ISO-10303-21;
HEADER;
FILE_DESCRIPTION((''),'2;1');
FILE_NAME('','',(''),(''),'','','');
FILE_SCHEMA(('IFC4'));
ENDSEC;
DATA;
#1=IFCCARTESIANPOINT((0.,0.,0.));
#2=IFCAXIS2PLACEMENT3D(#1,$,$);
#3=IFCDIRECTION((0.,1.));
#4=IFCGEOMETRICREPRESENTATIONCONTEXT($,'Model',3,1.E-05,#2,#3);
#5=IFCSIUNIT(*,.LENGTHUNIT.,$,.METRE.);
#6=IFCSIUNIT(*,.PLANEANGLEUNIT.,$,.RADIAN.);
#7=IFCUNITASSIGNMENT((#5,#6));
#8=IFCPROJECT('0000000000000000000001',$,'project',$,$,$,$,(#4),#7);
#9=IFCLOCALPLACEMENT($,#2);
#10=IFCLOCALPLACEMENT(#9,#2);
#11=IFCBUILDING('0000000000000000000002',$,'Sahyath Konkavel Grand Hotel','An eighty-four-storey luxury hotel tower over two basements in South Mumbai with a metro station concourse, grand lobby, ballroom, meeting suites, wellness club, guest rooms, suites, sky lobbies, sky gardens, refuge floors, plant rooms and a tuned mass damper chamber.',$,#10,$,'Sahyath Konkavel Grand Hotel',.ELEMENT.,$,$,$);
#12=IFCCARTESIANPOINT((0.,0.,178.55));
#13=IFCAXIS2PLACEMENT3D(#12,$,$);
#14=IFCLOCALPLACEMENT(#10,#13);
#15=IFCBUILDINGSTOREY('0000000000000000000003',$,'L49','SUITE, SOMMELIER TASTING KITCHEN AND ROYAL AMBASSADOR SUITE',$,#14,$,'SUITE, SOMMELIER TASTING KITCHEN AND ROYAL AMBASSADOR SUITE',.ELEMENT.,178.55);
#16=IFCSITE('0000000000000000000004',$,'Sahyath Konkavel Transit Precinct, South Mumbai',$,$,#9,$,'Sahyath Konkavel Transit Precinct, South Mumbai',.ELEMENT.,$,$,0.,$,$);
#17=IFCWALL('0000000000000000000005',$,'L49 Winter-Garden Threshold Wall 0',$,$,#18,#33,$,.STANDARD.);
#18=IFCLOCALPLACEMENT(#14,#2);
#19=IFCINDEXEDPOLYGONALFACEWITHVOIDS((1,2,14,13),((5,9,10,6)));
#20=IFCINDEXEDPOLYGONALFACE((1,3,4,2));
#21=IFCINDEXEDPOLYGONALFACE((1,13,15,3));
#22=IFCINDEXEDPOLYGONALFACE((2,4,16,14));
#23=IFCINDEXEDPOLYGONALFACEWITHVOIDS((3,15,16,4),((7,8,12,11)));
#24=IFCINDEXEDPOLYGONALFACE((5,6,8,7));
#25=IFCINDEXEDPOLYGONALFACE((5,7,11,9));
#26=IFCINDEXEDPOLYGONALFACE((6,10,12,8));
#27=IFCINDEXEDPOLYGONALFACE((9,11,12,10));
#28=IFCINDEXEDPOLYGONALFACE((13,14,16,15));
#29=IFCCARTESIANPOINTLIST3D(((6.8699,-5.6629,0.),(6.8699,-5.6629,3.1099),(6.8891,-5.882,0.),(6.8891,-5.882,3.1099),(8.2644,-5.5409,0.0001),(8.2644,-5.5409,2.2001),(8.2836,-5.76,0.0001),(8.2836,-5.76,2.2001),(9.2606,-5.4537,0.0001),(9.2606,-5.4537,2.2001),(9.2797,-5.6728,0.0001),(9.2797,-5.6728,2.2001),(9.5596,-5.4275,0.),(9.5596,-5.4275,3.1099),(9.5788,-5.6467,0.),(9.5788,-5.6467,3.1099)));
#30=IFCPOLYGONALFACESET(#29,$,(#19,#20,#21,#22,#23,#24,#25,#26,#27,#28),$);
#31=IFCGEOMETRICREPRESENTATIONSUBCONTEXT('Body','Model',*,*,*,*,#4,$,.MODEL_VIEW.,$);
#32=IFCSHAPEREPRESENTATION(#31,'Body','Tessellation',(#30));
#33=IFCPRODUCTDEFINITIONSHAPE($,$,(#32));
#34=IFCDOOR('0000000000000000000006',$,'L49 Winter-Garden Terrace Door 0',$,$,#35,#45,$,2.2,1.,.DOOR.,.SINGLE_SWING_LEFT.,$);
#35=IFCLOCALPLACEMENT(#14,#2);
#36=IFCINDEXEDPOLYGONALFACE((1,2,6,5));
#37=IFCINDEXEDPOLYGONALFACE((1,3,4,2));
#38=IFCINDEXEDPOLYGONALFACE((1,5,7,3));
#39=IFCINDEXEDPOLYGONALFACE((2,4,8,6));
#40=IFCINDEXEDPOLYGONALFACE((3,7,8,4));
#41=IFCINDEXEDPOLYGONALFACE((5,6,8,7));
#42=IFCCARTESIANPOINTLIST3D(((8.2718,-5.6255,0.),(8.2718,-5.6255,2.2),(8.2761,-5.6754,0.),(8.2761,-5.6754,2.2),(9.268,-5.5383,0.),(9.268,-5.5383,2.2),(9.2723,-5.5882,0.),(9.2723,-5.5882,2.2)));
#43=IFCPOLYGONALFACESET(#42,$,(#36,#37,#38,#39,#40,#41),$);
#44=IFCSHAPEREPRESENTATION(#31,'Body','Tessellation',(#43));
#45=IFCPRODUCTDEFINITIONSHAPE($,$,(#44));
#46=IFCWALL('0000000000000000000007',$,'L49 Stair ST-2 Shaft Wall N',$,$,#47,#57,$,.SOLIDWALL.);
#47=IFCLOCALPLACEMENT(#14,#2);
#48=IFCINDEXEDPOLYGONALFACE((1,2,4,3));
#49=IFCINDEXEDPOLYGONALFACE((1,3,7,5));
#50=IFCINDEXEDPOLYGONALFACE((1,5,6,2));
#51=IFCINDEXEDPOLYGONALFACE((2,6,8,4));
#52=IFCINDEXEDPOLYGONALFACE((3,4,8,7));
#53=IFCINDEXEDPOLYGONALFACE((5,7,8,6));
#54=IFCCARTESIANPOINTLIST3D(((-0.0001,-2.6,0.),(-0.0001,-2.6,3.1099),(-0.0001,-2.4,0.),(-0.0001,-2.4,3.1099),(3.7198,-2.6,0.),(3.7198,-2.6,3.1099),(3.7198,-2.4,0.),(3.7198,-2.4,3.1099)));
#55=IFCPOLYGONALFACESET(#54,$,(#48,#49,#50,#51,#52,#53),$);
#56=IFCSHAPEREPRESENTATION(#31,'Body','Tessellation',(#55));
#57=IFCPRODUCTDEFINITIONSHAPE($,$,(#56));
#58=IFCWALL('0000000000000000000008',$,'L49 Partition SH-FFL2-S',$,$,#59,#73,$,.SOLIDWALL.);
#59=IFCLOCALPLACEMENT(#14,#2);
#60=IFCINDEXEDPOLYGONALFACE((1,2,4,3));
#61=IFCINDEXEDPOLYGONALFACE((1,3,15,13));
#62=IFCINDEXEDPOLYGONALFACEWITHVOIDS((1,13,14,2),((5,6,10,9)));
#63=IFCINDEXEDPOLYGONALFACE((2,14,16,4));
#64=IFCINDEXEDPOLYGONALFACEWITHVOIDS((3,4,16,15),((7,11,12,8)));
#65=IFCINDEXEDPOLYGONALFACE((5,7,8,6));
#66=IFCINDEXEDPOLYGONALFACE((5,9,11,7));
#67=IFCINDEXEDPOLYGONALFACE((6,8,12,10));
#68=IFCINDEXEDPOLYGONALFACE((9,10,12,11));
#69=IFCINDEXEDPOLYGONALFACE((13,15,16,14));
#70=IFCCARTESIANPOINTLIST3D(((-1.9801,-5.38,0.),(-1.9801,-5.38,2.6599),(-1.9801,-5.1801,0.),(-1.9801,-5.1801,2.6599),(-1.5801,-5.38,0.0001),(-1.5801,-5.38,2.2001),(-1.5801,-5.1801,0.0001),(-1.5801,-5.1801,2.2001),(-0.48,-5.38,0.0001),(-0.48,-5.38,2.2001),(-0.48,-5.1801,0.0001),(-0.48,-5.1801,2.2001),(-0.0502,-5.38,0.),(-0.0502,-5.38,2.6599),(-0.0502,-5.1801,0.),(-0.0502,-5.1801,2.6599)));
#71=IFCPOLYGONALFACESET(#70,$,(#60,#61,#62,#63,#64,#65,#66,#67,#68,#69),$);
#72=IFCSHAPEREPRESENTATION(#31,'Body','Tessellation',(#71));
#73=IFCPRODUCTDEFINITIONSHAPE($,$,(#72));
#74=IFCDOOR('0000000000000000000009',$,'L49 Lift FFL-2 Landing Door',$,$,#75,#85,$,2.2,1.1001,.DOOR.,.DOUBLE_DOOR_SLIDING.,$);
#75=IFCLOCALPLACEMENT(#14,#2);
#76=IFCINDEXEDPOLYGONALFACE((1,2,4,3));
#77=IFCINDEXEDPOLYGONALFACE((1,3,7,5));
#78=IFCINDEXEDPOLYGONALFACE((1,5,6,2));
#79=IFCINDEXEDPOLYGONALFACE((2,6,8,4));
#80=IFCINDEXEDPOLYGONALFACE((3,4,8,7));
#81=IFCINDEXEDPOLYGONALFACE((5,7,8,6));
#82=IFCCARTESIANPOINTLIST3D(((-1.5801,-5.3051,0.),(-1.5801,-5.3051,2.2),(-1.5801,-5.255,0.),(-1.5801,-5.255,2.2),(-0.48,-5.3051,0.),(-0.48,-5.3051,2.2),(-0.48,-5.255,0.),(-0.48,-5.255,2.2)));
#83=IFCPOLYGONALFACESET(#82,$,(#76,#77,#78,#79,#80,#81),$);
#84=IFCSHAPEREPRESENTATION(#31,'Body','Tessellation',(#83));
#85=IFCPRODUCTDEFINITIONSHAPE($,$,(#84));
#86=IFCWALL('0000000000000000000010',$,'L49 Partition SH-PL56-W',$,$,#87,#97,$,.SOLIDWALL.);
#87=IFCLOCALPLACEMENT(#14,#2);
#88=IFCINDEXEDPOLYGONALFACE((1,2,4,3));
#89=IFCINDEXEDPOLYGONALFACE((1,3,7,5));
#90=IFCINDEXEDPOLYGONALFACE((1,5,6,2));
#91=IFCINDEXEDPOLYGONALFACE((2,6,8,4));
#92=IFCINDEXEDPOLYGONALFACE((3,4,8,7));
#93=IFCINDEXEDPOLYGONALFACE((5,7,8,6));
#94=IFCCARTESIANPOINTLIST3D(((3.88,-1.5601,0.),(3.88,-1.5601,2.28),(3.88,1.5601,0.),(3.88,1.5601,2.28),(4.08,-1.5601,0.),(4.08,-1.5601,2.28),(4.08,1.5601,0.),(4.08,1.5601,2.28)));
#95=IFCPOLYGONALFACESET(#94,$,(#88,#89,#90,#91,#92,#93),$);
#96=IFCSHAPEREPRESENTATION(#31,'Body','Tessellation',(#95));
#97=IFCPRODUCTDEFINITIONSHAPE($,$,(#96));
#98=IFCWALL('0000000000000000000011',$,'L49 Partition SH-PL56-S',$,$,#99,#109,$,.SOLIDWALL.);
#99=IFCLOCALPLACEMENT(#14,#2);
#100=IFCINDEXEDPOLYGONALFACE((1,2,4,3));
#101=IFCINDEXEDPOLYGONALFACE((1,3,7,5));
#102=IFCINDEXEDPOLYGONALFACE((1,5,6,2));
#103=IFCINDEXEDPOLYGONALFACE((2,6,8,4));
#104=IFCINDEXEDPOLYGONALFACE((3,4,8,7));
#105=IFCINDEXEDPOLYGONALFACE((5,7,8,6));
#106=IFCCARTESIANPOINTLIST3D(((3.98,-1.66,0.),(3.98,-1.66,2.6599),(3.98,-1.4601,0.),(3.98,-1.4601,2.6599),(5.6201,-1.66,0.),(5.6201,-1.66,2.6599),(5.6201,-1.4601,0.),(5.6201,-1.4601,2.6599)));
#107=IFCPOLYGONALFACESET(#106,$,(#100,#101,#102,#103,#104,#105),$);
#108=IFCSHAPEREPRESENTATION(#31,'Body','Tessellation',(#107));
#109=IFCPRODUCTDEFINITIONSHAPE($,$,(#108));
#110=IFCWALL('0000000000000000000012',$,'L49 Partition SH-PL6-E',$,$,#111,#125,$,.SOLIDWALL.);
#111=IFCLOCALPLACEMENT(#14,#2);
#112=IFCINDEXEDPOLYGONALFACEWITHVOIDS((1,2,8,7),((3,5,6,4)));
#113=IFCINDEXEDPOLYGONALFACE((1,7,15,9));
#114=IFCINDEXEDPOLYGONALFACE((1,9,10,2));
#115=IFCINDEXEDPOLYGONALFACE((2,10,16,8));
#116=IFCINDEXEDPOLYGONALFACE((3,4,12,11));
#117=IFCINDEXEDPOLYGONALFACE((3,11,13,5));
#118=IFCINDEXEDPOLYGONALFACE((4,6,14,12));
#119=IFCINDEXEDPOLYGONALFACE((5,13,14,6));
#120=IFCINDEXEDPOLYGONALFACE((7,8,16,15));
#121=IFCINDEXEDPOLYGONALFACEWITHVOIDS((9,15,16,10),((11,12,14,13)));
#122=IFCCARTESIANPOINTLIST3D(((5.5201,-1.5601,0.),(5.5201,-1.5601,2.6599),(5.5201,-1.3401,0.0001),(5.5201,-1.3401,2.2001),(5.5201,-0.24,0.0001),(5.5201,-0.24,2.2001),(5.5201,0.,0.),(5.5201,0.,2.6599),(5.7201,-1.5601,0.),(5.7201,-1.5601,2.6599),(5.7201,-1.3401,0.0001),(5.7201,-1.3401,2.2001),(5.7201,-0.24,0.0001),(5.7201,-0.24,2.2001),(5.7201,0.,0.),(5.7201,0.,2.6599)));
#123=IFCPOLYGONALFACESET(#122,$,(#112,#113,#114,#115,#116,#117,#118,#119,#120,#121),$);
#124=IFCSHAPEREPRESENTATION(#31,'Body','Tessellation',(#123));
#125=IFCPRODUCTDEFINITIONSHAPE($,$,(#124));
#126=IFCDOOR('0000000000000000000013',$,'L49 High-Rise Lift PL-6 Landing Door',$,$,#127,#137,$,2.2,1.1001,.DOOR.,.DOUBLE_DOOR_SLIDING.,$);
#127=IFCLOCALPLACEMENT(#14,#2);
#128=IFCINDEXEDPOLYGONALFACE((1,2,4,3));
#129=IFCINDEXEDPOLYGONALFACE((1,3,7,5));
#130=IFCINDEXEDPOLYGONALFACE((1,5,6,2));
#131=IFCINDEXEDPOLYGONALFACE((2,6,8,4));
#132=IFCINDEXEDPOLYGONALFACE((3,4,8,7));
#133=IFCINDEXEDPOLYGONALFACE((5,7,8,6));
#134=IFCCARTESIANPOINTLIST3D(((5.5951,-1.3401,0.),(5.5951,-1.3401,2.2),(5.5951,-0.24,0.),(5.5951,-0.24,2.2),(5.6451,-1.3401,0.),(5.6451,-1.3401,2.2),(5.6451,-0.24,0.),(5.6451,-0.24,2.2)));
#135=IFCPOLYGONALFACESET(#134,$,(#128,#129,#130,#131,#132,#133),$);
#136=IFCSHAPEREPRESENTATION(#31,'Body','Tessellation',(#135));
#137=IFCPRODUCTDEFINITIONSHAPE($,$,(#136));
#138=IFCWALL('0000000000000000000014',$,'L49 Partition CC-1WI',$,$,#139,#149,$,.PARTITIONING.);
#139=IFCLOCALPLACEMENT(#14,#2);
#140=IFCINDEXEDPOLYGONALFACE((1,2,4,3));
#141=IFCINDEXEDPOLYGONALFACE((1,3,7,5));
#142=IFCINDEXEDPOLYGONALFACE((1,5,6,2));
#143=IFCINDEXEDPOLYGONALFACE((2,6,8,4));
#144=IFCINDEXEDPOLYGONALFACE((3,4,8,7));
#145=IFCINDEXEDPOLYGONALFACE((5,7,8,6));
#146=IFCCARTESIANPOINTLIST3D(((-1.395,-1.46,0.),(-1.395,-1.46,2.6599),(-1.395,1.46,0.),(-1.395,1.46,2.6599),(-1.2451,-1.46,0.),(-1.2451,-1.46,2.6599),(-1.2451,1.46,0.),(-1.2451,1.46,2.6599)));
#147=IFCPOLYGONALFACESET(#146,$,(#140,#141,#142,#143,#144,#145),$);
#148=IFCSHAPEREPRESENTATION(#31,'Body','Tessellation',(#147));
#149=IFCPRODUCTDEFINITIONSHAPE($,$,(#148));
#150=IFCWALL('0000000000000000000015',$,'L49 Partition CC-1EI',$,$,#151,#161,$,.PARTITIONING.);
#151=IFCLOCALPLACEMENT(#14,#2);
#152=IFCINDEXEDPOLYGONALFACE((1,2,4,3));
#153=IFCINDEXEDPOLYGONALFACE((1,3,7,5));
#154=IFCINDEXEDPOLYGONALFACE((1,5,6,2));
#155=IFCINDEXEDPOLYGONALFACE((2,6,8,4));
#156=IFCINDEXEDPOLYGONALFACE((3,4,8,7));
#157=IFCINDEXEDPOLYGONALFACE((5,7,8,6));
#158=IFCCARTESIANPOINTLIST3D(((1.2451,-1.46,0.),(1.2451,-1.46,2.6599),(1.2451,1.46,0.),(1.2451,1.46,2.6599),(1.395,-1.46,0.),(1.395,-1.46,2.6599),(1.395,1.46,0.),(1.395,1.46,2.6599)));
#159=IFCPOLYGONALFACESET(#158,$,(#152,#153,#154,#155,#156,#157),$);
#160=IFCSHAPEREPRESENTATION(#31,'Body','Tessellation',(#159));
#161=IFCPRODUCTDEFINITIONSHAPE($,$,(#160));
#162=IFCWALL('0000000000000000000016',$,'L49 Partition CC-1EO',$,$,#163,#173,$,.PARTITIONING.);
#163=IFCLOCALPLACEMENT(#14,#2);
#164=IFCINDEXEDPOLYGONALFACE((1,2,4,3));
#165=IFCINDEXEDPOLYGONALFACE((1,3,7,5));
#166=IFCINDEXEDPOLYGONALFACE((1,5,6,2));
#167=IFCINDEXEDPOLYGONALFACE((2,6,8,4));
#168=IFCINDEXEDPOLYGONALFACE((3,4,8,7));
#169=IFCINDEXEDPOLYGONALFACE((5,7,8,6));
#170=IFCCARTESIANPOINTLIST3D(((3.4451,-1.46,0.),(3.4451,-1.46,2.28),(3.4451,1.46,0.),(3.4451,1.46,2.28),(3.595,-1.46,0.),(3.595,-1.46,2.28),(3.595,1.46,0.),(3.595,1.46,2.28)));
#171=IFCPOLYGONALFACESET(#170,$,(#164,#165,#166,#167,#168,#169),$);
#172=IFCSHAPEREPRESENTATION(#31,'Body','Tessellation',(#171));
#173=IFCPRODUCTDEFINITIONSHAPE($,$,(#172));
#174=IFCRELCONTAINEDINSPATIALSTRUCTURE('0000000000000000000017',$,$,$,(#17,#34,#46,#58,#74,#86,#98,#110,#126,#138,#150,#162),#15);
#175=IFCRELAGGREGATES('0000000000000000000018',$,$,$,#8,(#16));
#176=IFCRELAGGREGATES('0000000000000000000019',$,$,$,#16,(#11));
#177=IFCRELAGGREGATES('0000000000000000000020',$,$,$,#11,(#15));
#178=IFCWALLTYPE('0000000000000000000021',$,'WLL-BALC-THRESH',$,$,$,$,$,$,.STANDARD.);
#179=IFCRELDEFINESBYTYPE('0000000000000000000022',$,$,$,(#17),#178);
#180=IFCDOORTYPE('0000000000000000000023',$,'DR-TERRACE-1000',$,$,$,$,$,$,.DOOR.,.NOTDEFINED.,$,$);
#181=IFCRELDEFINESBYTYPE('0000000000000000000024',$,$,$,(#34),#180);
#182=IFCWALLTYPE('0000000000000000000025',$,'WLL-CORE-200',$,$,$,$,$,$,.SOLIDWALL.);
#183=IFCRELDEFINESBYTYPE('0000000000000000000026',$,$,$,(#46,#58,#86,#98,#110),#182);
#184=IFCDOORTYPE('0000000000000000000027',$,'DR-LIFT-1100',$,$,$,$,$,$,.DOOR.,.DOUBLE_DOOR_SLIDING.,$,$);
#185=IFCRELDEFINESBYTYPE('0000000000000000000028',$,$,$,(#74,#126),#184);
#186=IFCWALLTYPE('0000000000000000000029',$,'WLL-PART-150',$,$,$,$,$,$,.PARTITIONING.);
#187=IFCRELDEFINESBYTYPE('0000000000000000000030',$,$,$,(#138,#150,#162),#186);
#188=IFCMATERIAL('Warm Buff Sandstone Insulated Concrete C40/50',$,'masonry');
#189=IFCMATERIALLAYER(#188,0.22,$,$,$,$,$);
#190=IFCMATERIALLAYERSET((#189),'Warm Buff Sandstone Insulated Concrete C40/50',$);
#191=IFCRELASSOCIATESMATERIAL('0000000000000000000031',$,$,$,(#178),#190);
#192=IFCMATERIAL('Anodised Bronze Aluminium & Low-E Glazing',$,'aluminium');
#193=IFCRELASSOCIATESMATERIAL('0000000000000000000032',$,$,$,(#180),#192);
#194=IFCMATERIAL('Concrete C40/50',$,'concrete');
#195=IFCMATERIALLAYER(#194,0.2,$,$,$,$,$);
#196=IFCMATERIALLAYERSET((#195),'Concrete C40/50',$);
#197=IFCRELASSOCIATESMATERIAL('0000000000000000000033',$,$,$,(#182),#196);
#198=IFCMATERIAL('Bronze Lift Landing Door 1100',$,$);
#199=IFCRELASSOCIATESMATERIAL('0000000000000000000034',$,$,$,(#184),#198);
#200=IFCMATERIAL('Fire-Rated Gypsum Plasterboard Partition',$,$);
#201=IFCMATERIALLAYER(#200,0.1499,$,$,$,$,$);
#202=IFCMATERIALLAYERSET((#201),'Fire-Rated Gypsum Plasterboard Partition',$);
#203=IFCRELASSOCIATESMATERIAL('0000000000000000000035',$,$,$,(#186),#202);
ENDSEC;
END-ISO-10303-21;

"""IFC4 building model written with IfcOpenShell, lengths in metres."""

from ifc_helpers import new_model, si_unit, direction, frame, frame_2d, origin, origin_2d, place, context, subcontext, project, spatial, rectangle, extrude, source, transform, mapped, material, layer, layer_set, type_object, element, fill, save


model = new_model("IFC4")

# Units and contexts
model_context = context("Model", 3, precision=1e-05, world=origin(), true_north=direction((0.0, 1.0)))
body_context = subcontext(model_context, "Body", "Model", "MODEL_VIEW")
ifc_project = project(units=[si_unit("LENGTHUNIT", "METRE"), si_unit("PLANEANGLEUNIT", "RADIAN")], contexts=[model_context])

# Site, building, storey
site_placement = place(None, origin())
site = spatial("IfcSite", under=ifc_project, at=site_placement, Name="Sahyath Konkavel Transit Precinct, South Mumbai", LongName="Sahyath Konkavel Transit Precinct, South Mumbai", CompositionType="ELEMENT", RefElevation=0.0)
building_placement = place(site_placement, origin())
building = spatial("IfcBuilding", under=site, at=building_placement, Name="Sahyath Konkavel Grand Hotel", Description="An eighty-four-storey luxury hotel tower over two basements in South Mumbai with a metro station concourse, grand lobby, ballroom, meeting suites, wellness club, guest rooms, suites, sky lobbies, sky gardens, refuge floors, plant rooms and a tuned mass damper chamber.", LongName="Sahyath Konkavel Grand Hotel", CompositionType="ELEMENT")
storey_placement = place(building_placement, frame((0.0, 0.0, 178.55)))
storey = spatial("IfcBuildingStorey", under=building, at=storey_placement, Name="L49", Description="SUITE, SOMMELIER TASTING KITCHEN AND ROYAL AMBASSADOR SUITE", LongName="SUITE, SOMMELIER TASTING KITCHEN AND ROYAL AMBASSADOR SUITE", CompositionType="ELEMENT", Elevation=178.55)

# Wall, opening, door
ifc_material_1 = material(Name="Warm Buff Sandstone Insulated Concrete C40/50", Category="masonry")
ifc_layer_1 = layer(ifc_material_1, 0.22)
ifc_layer_set_1 = layer_set([ifc_layer_1], Name="Warm Buff Sandstone Insulated Concrete C40/50")
wall_type_1 = type_object("IfcWallType", Name="WLL-BALC-THRESH", PredefinedType="STANDARD", material=ifc_layer_set_1)
wall_1_placement = place(storey_placement, frame((6.8794, -5.7725, 0.0), z_axis=(0.0, 0.0, 1.0), x_axis=(0.996194, 0.087168, 0.0)))
wall_1 = element("IfcWall", 1, at=wall_1_placement, inside=storey, type_object=wall_type_1, Name="L49 Winter-Garden Threshold Wall 0", PredefinedType="STANDARD", context=body_context, shape_type="SweptSolid", body=[
    extrude(rectangle(XDim=2.7, YDim=0.22, at=frame_2d((1.3501, 0.0))), origin(), (0.0, 0.0, 1.0), 3.1099),
])
opening_1_placement = place(wall_1_placement, frame((1.3999, 0.0, 0.0)))
opening_1 = element("IfcOpeningElement", 2, at=opening_1_placement, cuts=wall_1, PredefinedType="OPENING", context=body_context, shape_type="SweptSolid", body=[
    extrude(rectangle(XDim=1.0, YDim=2.2, at=frame_2d((0.5, 1.1001))), frame((0.0, 0.1201, 0.0), z_axis=(0.0, -1.0, 0.0), x_axis=(1.0, 0.0, 0.0)), (0.0, 0.0, 1.0), 0.24),
])
ifc_material_2 = material(Name="Anodised Bronze Aluminium & Low-E Glazing", Category="aluminium")
door_type_1 = type_object("IfcDoorType", Name="DR-TERRACE-1000", OperationType="NOTDEFINED", PredefinedType="DOOR", material=ifc_material_2)
shared_shape_1 = source(origin(), body_context, "Body", "SweptSolid", [
    extrude(rectangle(XDim=1.0, YDim=0.05, at=origin_2d()), origin(), (0.0, 0.0, 1.0), 2.2),
])
door_1_placement = place(opening_1_placement, frame((0.5, 0.0, 0.0)))
door_1 = element("IfcDoor", 3, at=door_1_placement, inside=storey, type_object=door_type_1, Name="L49 Winter-Garden Terrace Door 0", OperationType="SINGLE_SWING_LEFT", OverallHeight=2.2, OverallWidth=1.0, PredefinedType="DOOR", context=body_context, shape_type="MappedRepresentation", body=[
    mapped(shared_shape_1, transform((0.0, 0.0, 0.0), scale=1.0)),
])
fill(opening_1, door_1)

# Wall
ifc_material_3 = material(Name="Concrete C40/50", Category="concrete")
ifc_layer_2 = layer(ifc_material_3, 0.2)
ifc_layer_set_2 = layer_set([ifc_layer_2], Name="Concrete C40/50")
wall_type_2 = type_object("IfcWallType", Name="WLL-CORE-200", PredefinedType="SOLIDWALL", material=ifc_layer_set_2)
wall_2_placement = place(storey_placement, frame((0.0, -2.5, 0.0), z_axis=(0.0, 0.0, 1.0), x_axis=(1.0, 0.0, 0.0)))
element("IfcWall", 4, at=wall_2_placement, inside=storey, type_object=wall_type_2, Name="L49 Stair ST-2 Shaft Wall N", PredefinedType="SOLIDWALL", context=body_context, shape_type="SweptSolid", body=[
    extrude(rectangle(XDim=3.72, YDim=0.2, at=frame_2d((1.8599, 0.0))), origin(), (0.0, 0.0, 1.0), 3.1099),
])

# Wall, opening, door
wall_3_placement = place(storey_placement, frame((-1.98, -5.28, 0.0), z_axis=(0.0, 0.0, 1.0), x_axis=(1.0, 0.0, 0.0)))
wall_3 = element("IfcWall", 5, at=wall_3_placement, inside=storey, type_object=wall_type_2, Name="L49 Partition SH-FFL2-S", PredefinedType="SOLIDWALL", context=body_context, shape_type="SweptSolid", body=[
    extrude(rectangle(XDim=1.9299, YDim=0.2, at=frame_2d((0.9648, 0.0))), origin(), (0.0, 0.0, 1.0), 2.6599),
])
opening_2_placement = place(wall_3_placement, frame((0.3999, 0.0, 0.0)))
opening_2 = element("IfcOpeningElement", 6, at=opening_2_placement, cuts=wall_3, PredefinedType="OPENING", context=body_context, shape_type="SweptSolid", body=[
    extrude(rectangle(XDim=1.1001, YDim=2.2, at=frame_2d((0.55, 1.1001))), frame((0.0, 0.1099, 0.0), z_axis=(0.0, -1.0, 0.0), x_axis=(1.0, 0.0, 0.0)), (0.0, 0.0, 1.0), 0.22),
])
ifc_material_4 = material(Name="Bronze Lift Landing Door 1100")
door_type_2 = type_object("IfcDoorType", Name="DR-LIFT-1100", OperationType="DOUBLE_DOOR_SLIDING", PredefinedType="DOOR", material=ifc_material_4)
shared_shape_2 = source(origin(), body_context, "Body", "SweptSolid", [
    extrude(rectangle(XDim=1.1001, YDim=0.05, at=origin_2d()), origin(), (0.0, 0.0, 1.0), 2.2),
])
door_2_placement = place(opening_2_placement, frame((0.55, 0.0, 0.0)))
door_2 = element("IfcDoor", 7, at=door_2_placement, inside=storey, type_object=door_type_2, Name="L49 Lift FFL-2 Landing Door", OperationType="DOUBLE_DOOR_SLIDING", OverallHeight=2.2, OverallWidth=1.1001, PredefinedType="DOOR", context=body_context, shape_type="MappedRepresentation", body=[
    mapped(shared_shape_2, transform((0.0, 0.0, 0.0), scale=1.0)),
])
fill(opening_2, door_2)

# Walls
wall_4_placement = place(storey_placement, frame((3.98, -1.5601, 0.0), z_axis=(0.0, 0.0, 1.0), x_axis=(0.0, 1.0, 0.0)))
element("IfcWall", 8, at=wall_4_placement, inside=storey, type_object=wall_type_2, Name="L49 Partition SH-PL56-W", PredefinedType="SOLIDWALL", context=body_context, shape_type="SweptSolid", body=[
    extrude(rectangle(XDim=3.1201, YDim=0.2, at=frame_2d((1.5601, 0.0))), origin(), (0.0, 0.0, 1.0), 2.28),
])
wall_5_placement = place(storey_placement, frame((3.98, -1.5601, 0.0), z_axis=(0.0, 0.0, 1.0), x_axis=(1.0, 0.0, 0.0)))
element("IfcWall", 9, at=wall_5_placement, inside=storey, type_object=wall_type_2, Name="L49 Partition SH-PL56-S", PredefinedType="SOLIDWALL", context=body_context, shape_type="SweptSolid", body=[
    extrude(rectangle(XDim=1.6401, YDim=0.2, at=frame_2d((0.8201, 0.0))), origin(), (0.0, 0.0, 1.0), 2.6599),
])

# Wall, opening, door
wall_6_placement = place(storey_placement, frame((5.6201, -1.5601, 0.0), z_axis=(0.0, 0.0, 1.0), x_axis=(0.0, 1.0, 0.0)))
wall_6 = element("IfcWall", 10, at=wall_6_placement, inside=storey, type_object=wall_type_2, Name="L49 Partition SH-PL6-E", PredefinedType="SOLIDWALL", context=body_context, shape_type="SweptSolid", body=[
    extrude(rectangle(XDim=1.5601, YDim=0.2, at=frame_2d((0.78, 0.0))), origin(), (0.0, 0.0, 1.0), 2.6599),
])
opening_3_placement = place(wall_6_placement, frame((0.22, 0.0, 0.0)))
opening_3 = element("IfcOpeningElement", 11, at=opening_3_placement, cuts=wall_6, PredefinedType="OPENING", context=body_context, shape_type="SweptSolid", body=[
    extrude(rectangle(XDim=1.1001, YDim=2.2, at=frame_2d((0.55, 1.1001))), frame((0.0, 0.1099, 0.0), z_axis=(0.0, -1.0, 0.0), x_axis=(1.0, 0.0, 0.0)), (0.0, 0.0, 1.0), 0.22),
])
door_3_placement = place(opening_3_placement, frame((0.55, 0.0, 0.0)))
door_3 = element("IfcDoor", 12, at=door_3_placement, inside=storey, type_object=door_type_2, Name="L49 High-Rise Lift PL-6 Landing Door", OperationType="DOUBLE_DOOR_SLIDING", OverallHeight=2.2, OverallWidth=1.1001, PredefinedType="DOOR", context=body_context, shape_type="MappedRepresentation", body=[
    mapped(shared_shape_2, transform((0.0, 0.0, 0.0), scale=1.0)),
])
fill(opening_3, door_3)

# Walls
ifc_material_5 = material(Name="Fire-Rated Gypsum Plasterboard Partition")
ifc_layer_3 = layer(ifc_material_5, 0.1499)
ifc_layer_set_3 = layer_set([ifc_layer_3], Name="Fire-Rated Gypsum Plasterboard Partition")
wall_type_3 = type_object("IfcWallType", Name="WLL-PART-150", PredefinedType="PARTITIONING", material=ifc_layer_set_3)
for number, where, z_axis, x_axis, name in (
    (13, (-1.3201, -1.46, 0.0), (0.0, 0.0, 1.0), (0.0, 1.0, 0.0), "L49 Partition CC-1WI"),
    (14, (1.3201, -1.46, 0.0), (0.0, 0.0, 1.0), (0.0, 1.0, 0.0), "L49 Partition CC-1EI"),
):
    element("IfcWall", number, at=place(storey_placement, frame(where, z_axis=z_axis, x_axis=x_axis)), inside=storey, type_object=wall_type_3, Name=name, PredefinedType="PARTITIONING", context=body_context, shape_type="SweptSolid", body=[
        extrude(rectangle(XDim=2.9199, YDim=0.1499, at=frame_2d((1.46, 0.0))), origin(), (0.0, 0.0, 1.0), 2.6599),
    ])
wall_7_placement = place(storey_placement, frame((3.52, -1.46, 0.0), z_axis=(0.0, 0.0, 1.0), x_axis=(0.0, 1.0, 0.0)))
element("IfcWall", 15, at=wall_7_placement, inside=storey, type_object=wall_type_3, Name="L49 Partition CC-1EO", PredefinedType="PARTITIONING", context=body_context, shape_type="SweptSolid", body=[
    extrude(rectangle(XDim=2.9199, YDim=0.1499, at=frame_2d((1.46, 0.0))), origin(), (0.0, 0.0, 1.0), 2.28),
])

save(model, "model.ifc")
